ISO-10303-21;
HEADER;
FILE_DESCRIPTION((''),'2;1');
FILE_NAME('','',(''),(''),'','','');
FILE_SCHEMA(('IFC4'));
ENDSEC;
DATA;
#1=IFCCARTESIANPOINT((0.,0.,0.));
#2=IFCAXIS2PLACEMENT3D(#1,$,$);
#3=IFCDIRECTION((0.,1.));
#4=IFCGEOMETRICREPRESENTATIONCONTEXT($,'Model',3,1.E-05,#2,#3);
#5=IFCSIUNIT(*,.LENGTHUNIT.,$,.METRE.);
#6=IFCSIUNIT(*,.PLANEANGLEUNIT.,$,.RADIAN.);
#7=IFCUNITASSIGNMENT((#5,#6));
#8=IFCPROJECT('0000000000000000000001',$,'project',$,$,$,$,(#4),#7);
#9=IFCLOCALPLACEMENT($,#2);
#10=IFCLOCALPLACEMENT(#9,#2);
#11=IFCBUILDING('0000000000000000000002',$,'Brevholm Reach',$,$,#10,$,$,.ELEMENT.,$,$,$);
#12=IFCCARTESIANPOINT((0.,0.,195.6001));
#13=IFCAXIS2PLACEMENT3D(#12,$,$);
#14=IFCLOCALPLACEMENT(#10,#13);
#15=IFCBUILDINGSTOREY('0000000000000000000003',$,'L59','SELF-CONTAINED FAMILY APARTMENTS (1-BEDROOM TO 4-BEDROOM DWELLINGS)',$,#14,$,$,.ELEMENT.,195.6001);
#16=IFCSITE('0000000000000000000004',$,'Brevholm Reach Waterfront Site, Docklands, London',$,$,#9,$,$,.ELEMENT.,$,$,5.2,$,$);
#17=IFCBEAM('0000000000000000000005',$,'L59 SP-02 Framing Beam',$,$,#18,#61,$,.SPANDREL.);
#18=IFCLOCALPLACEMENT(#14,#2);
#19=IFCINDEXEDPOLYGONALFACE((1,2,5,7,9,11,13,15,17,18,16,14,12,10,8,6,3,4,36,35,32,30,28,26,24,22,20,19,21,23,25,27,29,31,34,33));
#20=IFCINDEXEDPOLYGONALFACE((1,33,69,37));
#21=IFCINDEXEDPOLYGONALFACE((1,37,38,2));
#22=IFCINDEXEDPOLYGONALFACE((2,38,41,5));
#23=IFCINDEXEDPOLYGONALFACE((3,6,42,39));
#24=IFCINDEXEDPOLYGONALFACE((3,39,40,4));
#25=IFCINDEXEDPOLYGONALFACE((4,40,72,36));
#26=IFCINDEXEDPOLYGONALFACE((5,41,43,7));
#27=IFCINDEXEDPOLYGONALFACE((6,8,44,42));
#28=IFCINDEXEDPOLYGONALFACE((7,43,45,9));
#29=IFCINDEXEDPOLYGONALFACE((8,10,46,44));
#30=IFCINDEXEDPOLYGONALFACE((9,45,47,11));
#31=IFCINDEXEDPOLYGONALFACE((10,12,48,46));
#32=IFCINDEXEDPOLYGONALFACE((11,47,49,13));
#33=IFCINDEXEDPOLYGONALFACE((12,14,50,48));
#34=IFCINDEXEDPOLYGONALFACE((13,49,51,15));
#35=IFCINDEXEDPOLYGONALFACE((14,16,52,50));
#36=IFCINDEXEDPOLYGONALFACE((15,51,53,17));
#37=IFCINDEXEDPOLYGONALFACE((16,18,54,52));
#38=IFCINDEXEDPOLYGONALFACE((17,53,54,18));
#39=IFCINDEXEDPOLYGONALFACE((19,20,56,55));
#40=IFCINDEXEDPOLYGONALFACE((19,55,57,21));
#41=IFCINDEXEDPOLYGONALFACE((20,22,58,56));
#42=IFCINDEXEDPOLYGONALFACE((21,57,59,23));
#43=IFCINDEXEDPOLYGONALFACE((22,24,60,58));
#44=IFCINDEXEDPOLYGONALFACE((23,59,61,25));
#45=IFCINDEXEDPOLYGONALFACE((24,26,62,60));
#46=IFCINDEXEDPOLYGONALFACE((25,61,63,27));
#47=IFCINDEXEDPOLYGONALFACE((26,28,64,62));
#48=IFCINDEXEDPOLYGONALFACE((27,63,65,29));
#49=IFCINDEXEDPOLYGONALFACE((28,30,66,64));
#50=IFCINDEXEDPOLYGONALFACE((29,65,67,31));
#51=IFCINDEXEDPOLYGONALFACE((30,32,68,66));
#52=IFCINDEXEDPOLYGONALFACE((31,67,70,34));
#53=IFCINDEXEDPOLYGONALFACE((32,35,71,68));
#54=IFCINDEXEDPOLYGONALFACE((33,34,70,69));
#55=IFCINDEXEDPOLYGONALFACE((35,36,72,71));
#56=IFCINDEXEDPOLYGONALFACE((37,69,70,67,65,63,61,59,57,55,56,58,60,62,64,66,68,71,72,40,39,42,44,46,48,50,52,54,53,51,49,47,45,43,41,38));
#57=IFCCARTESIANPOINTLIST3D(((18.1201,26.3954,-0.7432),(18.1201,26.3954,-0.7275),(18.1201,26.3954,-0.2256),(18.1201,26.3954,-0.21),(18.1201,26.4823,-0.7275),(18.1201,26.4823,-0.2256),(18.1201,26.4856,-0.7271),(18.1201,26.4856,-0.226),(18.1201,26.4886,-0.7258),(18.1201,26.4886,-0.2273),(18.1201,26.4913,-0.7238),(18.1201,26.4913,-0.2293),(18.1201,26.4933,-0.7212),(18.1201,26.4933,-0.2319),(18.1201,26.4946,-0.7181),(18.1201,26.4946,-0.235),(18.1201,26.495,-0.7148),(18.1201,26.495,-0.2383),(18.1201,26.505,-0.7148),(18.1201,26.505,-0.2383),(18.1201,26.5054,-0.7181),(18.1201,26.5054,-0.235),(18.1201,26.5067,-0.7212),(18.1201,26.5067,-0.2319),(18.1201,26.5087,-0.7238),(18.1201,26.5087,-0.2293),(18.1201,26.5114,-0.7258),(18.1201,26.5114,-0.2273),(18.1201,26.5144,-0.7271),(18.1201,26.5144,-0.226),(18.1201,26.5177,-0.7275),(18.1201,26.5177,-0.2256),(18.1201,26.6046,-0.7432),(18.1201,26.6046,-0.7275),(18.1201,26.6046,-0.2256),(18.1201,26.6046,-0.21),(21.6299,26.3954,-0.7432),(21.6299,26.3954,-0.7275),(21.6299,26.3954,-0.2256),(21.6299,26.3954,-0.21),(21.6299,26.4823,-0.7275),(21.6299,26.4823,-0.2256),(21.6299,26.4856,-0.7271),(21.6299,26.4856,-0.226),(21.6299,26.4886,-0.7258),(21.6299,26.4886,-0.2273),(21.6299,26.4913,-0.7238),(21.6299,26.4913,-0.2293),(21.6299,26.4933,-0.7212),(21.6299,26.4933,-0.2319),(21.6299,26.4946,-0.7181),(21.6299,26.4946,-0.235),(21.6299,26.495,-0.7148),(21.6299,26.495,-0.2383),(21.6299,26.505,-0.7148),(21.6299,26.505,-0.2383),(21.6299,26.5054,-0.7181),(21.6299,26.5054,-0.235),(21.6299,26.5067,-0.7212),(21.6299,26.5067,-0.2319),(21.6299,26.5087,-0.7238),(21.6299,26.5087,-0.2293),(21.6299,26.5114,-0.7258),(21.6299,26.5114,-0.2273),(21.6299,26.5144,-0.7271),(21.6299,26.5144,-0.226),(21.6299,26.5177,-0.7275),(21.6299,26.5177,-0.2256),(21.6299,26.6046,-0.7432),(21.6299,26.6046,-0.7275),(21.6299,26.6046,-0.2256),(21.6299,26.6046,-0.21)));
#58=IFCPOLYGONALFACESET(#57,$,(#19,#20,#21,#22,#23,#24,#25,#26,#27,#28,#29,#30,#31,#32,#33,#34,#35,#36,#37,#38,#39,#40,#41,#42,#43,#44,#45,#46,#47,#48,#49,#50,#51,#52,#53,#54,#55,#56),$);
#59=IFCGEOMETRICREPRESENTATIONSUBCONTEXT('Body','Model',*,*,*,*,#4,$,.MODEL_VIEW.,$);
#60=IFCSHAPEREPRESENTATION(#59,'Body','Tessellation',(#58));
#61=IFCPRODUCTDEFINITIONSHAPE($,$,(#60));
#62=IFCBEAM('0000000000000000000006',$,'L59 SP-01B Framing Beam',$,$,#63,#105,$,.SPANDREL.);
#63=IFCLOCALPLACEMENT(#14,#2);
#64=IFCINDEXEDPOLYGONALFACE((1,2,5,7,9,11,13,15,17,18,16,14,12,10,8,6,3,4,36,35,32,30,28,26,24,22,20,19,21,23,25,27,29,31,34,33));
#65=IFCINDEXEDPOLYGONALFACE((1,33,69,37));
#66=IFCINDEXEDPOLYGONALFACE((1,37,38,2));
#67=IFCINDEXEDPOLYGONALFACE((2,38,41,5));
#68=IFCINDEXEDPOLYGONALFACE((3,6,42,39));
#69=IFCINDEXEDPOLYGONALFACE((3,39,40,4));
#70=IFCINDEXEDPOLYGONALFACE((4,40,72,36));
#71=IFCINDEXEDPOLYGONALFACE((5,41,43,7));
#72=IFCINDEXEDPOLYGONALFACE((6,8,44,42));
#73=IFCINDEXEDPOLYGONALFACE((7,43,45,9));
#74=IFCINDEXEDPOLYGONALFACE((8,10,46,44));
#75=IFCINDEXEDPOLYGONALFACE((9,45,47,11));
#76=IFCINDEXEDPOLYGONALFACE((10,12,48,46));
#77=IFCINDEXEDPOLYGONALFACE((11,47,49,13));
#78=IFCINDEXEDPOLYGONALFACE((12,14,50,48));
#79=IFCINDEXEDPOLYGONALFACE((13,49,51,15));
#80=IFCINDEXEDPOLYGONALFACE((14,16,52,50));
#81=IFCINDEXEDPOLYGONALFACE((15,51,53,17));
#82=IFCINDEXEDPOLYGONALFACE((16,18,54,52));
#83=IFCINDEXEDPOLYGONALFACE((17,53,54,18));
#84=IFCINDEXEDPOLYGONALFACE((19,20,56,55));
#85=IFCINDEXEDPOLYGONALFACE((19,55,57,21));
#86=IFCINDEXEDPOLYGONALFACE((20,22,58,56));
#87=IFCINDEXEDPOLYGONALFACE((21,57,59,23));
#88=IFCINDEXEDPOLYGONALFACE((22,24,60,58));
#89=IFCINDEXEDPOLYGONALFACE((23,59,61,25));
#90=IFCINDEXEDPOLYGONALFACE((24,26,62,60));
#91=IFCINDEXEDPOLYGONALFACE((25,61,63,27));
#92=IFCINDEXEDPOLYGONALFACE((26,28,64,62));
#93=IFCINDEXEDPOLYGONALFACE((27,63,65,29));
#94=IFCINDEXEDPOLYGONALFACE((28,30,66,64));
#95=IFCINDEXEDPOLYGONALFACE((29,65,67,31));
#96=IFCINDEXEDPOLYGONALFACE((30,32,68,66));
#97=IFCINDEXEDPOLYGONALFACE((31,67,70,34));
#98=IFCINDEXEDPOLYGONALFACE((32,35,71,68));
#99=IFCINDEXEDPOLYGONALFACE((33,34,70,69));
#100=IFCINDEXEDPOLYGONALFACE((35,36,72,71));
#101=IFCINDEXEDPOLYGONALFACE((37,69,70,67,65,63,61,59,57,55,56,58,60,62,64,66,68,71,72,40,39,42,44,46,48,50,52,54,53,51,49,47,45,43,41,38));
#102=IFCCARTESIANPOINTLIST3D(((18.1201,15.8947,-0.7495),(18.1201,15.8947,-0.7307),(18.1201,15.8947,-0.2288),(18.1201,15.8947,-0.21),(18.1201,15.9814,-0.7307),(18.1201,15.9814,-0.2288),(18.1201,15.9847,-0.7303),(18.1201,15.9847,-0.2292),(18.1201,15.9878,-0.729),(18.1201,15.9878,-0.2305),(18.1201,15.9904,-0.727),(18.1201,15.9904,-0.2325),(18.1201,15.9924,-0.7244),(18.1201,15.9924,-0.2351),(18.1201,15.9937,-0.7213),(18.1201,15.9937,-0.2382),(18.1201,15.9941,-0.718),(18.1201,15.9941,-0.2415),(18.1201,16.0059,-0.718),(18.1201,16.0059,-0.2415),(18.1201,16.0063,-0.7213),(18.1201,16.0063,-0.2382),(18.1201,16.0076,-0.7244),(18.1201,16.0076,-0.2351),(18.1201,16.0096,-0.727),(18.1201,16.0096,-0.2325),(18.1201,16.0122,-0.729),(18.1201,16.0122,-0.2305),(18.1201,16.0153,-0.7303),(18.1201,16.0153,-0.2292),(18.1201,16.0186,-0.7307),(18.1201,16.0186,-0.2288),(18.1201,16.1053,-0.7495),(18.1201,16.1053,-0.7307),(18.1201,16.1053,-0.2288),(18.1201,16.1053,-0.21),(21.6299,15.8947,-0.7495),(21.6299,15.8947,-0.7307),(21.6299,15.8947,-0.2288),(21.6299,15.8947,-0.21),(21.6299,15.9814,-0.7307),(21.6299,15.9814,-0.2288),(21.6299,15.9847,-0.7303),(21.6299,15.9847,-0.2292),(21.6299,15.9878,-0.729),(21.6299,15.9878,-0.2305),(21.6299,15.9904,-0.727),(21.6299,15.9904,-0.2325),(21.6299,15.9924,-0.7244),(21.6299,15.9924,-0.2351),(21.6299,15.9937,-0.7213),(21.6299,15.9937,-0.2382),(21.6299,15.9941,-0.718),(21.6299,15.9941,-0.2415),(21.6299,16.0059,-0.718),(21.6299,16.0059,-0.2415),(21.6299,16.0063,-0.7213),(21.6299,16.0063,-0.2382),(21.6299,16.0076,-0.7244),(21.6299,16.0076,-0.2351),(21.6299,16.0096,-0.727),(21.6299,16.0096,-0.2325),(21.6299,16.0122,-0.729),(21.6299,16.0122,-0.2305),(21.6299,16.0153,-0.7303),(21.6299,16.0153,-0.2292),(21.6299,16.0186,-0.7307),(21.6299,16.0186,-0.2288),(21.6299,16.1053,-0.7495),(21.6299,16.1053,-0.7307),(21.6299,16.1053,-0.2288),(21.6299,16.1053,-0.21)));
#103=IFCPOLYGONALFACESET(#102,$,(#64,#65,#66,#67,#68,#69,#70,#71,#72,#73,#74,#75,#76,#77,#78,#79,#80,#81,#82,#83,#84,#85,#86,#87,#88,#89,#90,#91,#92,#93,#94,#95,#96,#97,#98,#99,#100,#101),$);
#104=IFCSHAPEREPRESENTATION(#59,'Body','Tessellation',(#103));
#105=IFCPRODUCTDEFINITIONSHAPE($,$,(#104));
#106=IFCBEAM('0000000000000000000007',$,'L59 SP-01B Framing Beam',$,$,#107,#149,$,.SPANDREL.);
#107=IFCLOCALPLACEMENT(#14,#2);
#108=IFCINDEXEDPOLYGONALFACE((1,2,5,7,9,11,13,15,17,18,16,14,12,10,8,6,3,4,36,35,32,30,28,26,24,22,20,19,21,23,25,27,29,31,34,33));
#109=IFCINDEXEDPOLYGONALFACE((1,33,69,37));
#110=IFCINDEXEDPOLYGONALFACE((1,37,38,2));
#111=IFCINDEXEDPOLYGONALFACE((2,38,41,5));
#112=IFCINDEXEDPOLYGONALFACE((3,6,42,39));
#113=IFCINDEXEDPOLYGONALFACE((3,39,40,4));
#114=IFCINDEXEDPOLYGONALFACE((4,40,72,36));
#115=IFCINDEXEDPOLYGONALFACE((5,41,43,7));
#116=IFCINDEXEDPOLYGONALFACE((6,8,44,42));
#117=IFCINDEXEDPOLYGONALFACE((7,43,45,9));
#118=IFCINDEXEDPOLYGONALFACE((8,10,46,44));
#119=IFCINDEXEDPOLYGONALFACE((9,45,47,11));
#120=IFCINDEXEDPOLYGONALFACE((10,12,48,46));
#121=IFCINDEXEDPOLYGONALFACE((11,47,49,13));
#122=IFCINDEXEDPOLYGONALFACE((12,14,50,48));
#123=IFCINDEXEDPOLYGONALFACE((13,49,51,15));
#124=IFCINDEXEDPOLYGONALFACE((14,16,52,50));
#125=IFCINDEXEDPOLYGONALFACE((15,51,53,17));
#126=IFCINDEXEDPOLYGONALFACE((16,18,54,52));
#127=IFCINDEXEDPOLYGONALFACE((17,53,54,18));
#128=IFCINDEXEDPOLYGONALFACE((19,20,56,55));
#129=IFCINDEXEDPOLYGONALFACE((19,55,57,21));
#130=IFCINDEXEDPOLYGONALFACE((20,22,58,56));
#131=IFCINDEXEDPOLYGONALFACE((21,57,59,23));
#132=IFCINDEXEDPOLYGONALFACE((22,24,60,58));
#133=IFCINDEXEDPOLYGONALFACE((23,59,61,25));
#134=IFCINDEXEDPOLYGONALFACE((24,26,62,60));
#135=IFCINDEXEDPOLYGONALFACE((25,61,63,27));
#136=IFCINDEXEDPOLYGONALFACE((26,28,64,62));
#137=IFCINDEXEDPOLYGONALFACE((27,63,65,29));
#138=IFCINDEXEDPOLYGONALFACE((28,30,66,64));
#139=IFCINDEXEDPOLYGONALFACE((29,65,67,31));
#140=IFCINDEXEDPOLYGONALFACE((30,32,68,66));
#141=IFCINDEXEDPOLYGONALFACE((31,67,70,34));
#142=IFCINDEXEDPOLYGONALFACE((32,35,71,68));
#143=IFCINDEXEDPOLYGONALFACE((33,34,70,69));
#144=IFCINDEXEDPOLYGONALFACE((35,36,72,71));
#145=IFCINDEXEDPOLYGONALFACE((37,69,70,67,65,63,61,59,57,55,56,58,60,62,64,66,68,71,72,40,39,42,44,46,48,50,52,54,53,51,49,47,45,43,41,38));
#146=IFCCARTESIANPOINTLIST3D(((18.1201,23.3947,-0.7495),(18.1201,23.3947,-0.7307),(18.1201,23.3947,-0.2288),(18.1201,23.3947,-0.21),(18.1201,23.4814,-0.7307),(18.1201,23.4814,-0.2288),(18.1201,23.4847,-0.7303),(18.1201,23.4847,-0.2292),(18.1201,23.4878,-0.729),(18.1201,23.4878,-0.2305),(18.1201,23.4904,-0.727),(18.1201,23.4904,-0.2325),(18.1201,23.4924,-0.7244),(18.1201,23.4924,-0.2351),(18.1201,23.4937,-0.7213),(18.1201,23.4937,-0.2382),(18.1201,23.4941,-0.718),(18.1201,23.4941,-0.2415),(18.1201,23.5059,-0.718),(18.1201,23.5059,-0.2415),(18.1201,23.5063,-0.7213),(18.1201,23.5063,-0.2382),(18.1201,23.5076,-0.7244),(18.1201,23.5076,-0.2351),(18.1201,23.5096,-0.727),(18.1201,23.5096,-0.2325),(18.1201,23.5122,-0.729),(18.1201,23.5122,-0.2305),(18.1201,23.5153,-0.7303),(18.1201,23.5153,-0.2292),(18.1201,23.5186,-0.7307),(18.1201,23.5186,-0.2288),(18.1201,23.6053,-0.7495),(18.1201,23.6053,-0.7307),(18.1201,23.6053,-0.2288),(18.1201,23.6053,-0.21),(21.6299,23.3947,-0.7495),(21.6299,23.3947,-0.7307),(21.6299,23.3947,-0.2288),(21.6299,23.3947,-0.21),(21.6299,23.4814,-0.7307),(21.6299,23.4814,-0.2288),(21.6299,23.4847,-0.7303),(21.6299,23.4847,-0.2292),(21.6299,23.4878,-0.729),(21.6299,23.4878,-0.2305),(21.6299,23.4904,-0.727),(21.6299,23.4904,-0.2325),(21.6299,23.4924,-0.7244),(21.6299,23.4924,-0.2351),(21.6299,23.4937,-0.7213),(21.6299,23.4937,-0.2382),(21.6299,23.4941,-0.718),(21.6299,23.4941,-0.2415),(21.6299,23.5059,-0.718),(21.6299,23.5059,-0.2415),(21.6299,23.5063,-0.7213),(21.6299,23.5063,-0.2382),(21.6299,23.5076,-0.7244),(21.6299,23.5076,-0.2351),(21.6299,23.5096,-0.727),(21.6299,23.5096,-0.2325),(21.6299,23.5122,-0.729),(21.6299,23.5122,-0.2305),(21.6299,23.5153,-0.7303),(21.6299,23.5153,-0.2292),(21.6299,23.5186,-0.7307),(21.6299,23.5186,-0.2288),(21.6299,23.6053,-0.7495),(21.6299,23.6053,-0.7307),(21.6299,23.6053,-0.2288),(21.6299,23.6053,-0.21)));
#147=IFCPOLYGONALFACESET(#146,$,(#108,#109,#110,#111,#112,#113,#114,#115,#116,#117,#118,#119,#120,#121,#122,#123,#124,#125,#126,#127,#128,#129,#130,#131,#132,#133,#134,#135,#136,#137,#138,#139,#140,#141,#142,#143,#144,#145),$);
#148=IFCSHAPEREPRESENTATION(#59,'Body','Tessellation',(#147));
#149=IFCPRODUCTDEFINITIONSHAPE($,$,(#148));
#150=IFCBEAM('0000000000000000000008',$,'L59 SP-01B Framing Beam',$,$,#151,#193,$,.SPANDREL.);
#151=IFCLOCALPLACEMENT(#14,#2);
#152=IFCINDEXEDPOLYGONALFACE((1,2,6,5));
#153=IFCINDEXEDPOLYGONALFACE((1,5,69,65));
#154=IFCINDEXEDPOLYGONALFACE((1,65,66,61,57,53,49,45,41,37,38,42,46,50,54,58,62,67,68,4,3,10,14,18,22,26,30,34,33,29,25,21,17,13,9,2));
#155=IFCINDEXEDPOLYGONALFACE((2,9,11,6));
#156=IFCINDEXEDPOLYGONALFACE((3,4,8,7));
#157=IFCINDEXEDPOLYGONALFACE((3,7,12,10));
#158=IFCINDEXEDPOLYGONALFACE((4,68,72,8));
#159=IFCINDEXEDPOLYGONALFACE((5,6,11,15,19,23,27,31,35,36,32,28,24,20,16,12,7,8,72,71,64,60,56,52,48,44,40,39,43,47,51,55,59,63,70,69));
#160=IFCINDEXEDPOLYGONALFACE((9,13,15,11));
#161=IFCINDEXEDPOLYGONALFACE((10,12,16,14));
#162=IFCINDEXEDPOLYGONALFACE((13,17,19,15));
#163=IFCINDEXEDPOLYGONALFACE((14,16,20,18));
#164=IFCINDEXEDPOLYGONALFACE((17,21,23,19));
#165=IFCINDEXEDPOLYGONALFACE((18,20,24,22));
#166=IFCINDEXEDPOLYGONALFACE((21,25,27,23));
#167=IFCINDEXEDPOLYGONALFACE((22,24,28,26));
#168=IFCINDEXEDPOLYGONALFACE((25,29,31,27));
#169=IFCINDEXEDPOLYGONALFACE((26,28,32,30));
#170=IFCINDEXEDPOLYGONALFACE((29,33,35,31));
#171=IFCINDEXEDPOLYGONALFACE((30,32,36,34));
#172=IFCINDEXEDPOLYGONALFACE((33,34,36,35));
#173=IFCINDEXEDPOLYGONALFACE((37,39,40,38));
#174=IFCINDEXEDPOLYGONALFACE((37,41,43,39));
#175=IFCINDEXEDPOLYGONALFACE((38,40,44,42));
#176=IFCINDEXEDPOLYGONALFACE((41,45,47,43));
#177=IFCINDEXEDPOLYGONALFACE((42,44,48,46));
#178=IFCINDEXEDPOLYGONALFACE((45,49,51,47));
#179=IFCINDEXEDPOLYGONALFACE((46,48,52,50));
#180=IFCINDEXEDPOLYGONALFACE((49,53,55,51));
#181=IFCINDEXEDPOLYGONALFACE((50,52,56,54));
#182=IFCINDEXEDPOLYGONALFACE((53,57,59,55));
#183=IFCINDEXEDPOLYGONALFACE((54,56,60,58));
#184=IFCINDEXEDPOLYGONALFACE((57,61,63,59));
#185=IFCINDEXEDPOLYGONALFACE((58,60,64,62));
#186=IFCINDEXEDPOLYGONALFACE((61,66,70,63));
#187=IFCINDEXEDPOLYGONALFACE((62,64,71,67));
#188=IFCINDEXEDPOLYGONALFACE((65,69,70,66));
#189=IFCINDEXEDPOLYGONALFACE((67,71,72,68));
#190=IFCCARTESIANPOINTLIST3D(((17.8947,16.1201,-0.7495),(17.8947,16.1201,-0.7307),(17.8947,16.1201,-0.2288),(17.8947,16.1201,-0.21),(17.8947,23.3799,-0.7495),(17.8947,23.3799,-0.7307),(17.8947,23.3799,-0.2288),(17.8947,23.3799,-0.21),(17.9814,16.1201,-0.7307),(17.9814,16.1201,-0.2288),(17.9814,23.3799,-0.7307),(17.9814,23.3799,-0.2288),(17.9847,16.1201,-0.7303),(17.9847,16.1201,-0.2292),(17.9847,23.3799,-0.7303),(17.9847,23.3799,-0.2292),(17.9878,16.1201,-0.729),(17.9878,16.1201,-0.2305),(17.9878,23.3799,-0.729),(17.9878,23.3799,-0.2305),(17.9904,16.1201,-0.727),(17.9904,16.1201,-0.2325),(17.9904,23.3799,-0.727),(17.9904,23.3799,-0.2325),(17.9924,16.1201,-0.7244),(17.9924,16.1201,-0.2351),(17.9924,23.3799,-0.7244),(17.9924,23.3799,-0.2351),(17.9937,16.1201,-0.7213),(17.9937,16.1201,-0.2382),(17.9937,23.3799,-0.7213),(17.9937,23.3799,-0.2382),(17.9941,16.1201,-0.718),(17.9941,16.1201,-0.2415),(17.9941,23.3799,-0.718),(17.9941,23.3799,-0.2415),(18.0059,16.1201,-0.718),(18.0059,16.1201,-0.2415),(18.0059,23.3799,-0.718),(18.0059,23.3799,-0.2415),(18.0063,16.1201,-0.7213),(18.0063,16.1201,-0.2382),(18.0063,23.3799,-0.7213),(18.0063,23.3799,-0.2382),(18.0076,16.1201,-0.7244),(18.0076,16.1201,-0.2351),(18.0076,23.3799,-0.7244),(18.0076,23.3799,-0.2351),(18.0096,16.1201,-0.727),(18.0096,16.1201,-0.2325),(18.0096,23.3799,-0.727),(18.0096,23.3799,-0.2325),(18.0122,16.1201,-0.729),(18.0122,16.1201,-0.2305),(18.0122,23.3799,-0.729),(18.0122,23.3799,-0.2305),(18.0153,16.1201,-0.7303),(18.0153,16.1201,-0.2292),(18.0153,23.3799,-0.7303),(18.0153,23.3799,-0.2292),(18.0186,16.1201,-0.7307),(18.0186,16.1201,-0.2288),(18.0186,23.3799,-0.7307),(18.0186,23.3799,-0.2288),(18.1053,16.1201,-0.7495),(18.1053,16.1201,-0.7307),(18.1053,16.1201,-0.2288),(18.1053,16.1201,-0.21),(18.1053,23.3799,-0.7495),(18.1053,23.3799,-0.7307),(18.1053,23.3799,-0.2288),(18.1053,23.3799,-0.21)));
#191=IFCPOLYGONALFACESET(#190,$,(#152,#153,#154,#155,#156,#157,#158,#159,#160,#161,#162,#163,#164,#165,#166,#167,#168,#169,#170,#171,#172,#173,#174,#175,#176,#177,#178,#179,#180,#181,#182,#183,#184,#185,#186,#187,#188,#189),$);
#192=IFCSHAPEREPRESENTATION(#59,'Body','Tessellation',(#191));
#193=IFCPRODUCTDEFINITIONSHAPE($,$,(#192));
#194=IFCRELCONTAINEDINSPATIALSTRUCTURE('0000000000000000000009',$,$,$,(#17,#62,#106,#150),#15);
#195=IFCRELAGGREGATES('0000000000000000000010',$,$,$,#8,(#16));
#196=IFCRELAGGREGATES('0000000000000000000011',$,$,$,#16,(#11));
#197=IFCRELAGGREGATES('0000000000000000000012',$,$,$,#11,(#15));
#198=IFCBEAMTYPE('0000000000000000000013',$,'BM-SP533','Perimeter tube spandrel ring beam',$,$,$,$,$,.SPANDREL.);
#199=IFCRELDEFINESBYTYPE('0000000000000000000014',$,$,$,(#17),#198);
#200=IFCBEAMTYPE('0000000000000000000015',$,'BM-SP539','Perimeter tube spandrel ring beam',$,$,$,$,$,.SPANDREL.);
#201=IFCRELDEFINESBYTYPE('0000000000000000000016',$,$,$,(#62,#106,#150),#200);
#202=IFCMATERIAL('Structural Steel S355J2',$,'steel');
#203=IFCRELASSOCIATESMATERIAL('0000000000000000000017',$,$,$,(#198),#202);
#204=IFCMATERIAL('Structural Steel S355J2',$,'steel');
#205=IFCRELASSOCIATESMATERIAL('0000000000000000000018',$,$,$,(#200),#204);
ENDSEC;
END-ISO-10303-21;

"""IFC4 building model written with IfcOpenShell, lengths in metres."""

from ifc_helpers import new_model, si_unit, direction, frame, origin, origin_2d, place, context, subcontext, project, spatial, i_section, extrude, material, material_profile, profile_set, type_object, element, save


model = new_model("IFC4")

# Units and contexts
model_context = context("Model", 3, precision=1e-05, world=origin(), true_north=direction((0.0, 1.0)))
body_context = subcontext(model_context, "Body", "Model", "MODEL_VIEW")
ifc_project = project(units=[si_unit("LENGTHUNIT", "METRE"), si_unit("PLANEANGLEUNIT", "RADIAN")], contexts=[model_context])

# Site, building, storey
site_placement = place(None, origin())
site = spatial("IfcSite", under=ifc_project, at=site_placement, Name="Brevholm Reach Waterfront Site, Docklands, London", CompositionType="ELEMENT", RefElevation=5.2)
building_placement = place(site_placement, origin())
building = spatial("IfcBuilding", under=site, at=building_placement, Name="Brevholm Reach", CompositionType="ELEMENT")
storey_placement = place(building_placement, frame((0.0, 0.0, 195.6001)))
storey = spatial("IfcBuildingStorey", under=building, at=storey_placement, Name="L59", Description="SELF-CONTAINED FAMILY APARTMENTS (1-BEDROOM TO 4-BEDROOM DWELLINGS)", CompositionType="ELEMENT", Elevation=195.6001)

# Beams
ifc_material_1 = material(Name="Structural Steel S355J2", Category="steel")
ifc_material_profile_1 = material_profile(ifc_material_1, i_section(OverallWidth=0.2092, OverallDepth=0.5332, WebThickness=0.01, FlangeThickness=0.0156, FilletRadius=0.0127, at=origin_2d()), Name="UKB 533x210x92")
ifc_profile_set_1 = profile_set([ifc_material_profile_1], Name="Structural Steel S355J2")
beam_type_1 = type_object("IfcBeamType", Name="BM-SP533", Description="Perimeter tube spandrel ring beam", PredefinedType="SPANDREL", material=ifc_profile_set_1)
beam_1_placement = place(storey_placement, frame((18.1201, 26.5, -0.4766), z_axis=(1.0, 0.0, 0.0), x_axis=(0.0, 1.0, 0.0)))
element("IfcBeam", 1, at=beam_1_placement, inside=storey, type_object=beam_type_1, Name="L59 SP-02 Framing Beam", PredefinedType="SPANDREL", context=body_context, shape_type="SweptSolid", body=[
    extrude(i_section(OverallWidth=0.2092, OverallDepth=0.5332, WebThickness=0.01, FlangeThickness=0.0156, FilletRadius=0.0127, at=origin_2d()), origin(), (0.0, 0.0, 1.0), 3.5098),
])
ifc_material_2 = material(Name="Structural Steel S355J2", Category="steel")
ifc_material_profile_2 = material_profile(ifc_material_2, i_section(OverallWidth=0.2107, OverallDepth=0.5396, WebThickness=0.0117, FlangeThickness=0.0188, FilletRadius=0.0127, at=origin_2d()), Name="UKB 533x210x109")
ifc_profile_set_2 = profile_set([ifc_material_profile_2], Name="Structural Steel S355J2")
beam_type_2 = type_object("IfcBeamType", Name="BM-SP539", Description="Perimeter tube spandrel ring beam", PredefinedType="SPANDREL", material=ifc_profile_set_2)
for number, where, z_axis, x_axis, name in (
    (2, (18.1201, 16.0, -0.4797), (1.0, 0.0, 0.0), (0.0, 1.0, 0.0), "L59 SP-01B Framing Beam"),
    (3, (18.1201, 23.5, -0.4797), (1.0, 0.0, 0.0), (0.0, 1.0, 0.0), "L59 SP-01B Framing Beam"),
):
    element("IfcBeam", number, at=place(storey_placement, frame(where, z_axis=z_axis, x_axis=x_axis)), inside=storey, type_object=beam_type_2, Name=name, PredefinedType="SPANDREL", context=body_context, shape_type="SweptSolid", body=[
        extrude(i_section(OverallWidth=0.2107, OverallDepth=0.5396, WebThickness=0.0117, FlangeThickness=0.0188, FilletRadius=0.0127, at=origin_2d()), origin(), (0.0, 0.0, 1.0), 3.5098),
    ])
beam_2_placement = place(storey_placement, frame((18.0, 16.1201, -0.4797), z_axis=(0.0, 1.0, 0.0), x_axis=(-1.0, 0.0, 0.0)))
element("IfcBeam", 4, at=beam_2_placement, inside=storey, type_object=beam_type_2, Name="L59 SP-01B Framing Beam", PredefinedType="SPANDREL", context=body_context, shape_type="SweptSolid", body=[
    extrude(i_section(OverallWidth=0.2107, OverallDepth=0.5396, WebThickness=0.0117, FlangeThickness=0.0188, FilletRadius=0.0127, at=origin_2d()), origin(), (0.0, 0.0, 1.0), 7.2598),
])

save(model, "model.ifc")
